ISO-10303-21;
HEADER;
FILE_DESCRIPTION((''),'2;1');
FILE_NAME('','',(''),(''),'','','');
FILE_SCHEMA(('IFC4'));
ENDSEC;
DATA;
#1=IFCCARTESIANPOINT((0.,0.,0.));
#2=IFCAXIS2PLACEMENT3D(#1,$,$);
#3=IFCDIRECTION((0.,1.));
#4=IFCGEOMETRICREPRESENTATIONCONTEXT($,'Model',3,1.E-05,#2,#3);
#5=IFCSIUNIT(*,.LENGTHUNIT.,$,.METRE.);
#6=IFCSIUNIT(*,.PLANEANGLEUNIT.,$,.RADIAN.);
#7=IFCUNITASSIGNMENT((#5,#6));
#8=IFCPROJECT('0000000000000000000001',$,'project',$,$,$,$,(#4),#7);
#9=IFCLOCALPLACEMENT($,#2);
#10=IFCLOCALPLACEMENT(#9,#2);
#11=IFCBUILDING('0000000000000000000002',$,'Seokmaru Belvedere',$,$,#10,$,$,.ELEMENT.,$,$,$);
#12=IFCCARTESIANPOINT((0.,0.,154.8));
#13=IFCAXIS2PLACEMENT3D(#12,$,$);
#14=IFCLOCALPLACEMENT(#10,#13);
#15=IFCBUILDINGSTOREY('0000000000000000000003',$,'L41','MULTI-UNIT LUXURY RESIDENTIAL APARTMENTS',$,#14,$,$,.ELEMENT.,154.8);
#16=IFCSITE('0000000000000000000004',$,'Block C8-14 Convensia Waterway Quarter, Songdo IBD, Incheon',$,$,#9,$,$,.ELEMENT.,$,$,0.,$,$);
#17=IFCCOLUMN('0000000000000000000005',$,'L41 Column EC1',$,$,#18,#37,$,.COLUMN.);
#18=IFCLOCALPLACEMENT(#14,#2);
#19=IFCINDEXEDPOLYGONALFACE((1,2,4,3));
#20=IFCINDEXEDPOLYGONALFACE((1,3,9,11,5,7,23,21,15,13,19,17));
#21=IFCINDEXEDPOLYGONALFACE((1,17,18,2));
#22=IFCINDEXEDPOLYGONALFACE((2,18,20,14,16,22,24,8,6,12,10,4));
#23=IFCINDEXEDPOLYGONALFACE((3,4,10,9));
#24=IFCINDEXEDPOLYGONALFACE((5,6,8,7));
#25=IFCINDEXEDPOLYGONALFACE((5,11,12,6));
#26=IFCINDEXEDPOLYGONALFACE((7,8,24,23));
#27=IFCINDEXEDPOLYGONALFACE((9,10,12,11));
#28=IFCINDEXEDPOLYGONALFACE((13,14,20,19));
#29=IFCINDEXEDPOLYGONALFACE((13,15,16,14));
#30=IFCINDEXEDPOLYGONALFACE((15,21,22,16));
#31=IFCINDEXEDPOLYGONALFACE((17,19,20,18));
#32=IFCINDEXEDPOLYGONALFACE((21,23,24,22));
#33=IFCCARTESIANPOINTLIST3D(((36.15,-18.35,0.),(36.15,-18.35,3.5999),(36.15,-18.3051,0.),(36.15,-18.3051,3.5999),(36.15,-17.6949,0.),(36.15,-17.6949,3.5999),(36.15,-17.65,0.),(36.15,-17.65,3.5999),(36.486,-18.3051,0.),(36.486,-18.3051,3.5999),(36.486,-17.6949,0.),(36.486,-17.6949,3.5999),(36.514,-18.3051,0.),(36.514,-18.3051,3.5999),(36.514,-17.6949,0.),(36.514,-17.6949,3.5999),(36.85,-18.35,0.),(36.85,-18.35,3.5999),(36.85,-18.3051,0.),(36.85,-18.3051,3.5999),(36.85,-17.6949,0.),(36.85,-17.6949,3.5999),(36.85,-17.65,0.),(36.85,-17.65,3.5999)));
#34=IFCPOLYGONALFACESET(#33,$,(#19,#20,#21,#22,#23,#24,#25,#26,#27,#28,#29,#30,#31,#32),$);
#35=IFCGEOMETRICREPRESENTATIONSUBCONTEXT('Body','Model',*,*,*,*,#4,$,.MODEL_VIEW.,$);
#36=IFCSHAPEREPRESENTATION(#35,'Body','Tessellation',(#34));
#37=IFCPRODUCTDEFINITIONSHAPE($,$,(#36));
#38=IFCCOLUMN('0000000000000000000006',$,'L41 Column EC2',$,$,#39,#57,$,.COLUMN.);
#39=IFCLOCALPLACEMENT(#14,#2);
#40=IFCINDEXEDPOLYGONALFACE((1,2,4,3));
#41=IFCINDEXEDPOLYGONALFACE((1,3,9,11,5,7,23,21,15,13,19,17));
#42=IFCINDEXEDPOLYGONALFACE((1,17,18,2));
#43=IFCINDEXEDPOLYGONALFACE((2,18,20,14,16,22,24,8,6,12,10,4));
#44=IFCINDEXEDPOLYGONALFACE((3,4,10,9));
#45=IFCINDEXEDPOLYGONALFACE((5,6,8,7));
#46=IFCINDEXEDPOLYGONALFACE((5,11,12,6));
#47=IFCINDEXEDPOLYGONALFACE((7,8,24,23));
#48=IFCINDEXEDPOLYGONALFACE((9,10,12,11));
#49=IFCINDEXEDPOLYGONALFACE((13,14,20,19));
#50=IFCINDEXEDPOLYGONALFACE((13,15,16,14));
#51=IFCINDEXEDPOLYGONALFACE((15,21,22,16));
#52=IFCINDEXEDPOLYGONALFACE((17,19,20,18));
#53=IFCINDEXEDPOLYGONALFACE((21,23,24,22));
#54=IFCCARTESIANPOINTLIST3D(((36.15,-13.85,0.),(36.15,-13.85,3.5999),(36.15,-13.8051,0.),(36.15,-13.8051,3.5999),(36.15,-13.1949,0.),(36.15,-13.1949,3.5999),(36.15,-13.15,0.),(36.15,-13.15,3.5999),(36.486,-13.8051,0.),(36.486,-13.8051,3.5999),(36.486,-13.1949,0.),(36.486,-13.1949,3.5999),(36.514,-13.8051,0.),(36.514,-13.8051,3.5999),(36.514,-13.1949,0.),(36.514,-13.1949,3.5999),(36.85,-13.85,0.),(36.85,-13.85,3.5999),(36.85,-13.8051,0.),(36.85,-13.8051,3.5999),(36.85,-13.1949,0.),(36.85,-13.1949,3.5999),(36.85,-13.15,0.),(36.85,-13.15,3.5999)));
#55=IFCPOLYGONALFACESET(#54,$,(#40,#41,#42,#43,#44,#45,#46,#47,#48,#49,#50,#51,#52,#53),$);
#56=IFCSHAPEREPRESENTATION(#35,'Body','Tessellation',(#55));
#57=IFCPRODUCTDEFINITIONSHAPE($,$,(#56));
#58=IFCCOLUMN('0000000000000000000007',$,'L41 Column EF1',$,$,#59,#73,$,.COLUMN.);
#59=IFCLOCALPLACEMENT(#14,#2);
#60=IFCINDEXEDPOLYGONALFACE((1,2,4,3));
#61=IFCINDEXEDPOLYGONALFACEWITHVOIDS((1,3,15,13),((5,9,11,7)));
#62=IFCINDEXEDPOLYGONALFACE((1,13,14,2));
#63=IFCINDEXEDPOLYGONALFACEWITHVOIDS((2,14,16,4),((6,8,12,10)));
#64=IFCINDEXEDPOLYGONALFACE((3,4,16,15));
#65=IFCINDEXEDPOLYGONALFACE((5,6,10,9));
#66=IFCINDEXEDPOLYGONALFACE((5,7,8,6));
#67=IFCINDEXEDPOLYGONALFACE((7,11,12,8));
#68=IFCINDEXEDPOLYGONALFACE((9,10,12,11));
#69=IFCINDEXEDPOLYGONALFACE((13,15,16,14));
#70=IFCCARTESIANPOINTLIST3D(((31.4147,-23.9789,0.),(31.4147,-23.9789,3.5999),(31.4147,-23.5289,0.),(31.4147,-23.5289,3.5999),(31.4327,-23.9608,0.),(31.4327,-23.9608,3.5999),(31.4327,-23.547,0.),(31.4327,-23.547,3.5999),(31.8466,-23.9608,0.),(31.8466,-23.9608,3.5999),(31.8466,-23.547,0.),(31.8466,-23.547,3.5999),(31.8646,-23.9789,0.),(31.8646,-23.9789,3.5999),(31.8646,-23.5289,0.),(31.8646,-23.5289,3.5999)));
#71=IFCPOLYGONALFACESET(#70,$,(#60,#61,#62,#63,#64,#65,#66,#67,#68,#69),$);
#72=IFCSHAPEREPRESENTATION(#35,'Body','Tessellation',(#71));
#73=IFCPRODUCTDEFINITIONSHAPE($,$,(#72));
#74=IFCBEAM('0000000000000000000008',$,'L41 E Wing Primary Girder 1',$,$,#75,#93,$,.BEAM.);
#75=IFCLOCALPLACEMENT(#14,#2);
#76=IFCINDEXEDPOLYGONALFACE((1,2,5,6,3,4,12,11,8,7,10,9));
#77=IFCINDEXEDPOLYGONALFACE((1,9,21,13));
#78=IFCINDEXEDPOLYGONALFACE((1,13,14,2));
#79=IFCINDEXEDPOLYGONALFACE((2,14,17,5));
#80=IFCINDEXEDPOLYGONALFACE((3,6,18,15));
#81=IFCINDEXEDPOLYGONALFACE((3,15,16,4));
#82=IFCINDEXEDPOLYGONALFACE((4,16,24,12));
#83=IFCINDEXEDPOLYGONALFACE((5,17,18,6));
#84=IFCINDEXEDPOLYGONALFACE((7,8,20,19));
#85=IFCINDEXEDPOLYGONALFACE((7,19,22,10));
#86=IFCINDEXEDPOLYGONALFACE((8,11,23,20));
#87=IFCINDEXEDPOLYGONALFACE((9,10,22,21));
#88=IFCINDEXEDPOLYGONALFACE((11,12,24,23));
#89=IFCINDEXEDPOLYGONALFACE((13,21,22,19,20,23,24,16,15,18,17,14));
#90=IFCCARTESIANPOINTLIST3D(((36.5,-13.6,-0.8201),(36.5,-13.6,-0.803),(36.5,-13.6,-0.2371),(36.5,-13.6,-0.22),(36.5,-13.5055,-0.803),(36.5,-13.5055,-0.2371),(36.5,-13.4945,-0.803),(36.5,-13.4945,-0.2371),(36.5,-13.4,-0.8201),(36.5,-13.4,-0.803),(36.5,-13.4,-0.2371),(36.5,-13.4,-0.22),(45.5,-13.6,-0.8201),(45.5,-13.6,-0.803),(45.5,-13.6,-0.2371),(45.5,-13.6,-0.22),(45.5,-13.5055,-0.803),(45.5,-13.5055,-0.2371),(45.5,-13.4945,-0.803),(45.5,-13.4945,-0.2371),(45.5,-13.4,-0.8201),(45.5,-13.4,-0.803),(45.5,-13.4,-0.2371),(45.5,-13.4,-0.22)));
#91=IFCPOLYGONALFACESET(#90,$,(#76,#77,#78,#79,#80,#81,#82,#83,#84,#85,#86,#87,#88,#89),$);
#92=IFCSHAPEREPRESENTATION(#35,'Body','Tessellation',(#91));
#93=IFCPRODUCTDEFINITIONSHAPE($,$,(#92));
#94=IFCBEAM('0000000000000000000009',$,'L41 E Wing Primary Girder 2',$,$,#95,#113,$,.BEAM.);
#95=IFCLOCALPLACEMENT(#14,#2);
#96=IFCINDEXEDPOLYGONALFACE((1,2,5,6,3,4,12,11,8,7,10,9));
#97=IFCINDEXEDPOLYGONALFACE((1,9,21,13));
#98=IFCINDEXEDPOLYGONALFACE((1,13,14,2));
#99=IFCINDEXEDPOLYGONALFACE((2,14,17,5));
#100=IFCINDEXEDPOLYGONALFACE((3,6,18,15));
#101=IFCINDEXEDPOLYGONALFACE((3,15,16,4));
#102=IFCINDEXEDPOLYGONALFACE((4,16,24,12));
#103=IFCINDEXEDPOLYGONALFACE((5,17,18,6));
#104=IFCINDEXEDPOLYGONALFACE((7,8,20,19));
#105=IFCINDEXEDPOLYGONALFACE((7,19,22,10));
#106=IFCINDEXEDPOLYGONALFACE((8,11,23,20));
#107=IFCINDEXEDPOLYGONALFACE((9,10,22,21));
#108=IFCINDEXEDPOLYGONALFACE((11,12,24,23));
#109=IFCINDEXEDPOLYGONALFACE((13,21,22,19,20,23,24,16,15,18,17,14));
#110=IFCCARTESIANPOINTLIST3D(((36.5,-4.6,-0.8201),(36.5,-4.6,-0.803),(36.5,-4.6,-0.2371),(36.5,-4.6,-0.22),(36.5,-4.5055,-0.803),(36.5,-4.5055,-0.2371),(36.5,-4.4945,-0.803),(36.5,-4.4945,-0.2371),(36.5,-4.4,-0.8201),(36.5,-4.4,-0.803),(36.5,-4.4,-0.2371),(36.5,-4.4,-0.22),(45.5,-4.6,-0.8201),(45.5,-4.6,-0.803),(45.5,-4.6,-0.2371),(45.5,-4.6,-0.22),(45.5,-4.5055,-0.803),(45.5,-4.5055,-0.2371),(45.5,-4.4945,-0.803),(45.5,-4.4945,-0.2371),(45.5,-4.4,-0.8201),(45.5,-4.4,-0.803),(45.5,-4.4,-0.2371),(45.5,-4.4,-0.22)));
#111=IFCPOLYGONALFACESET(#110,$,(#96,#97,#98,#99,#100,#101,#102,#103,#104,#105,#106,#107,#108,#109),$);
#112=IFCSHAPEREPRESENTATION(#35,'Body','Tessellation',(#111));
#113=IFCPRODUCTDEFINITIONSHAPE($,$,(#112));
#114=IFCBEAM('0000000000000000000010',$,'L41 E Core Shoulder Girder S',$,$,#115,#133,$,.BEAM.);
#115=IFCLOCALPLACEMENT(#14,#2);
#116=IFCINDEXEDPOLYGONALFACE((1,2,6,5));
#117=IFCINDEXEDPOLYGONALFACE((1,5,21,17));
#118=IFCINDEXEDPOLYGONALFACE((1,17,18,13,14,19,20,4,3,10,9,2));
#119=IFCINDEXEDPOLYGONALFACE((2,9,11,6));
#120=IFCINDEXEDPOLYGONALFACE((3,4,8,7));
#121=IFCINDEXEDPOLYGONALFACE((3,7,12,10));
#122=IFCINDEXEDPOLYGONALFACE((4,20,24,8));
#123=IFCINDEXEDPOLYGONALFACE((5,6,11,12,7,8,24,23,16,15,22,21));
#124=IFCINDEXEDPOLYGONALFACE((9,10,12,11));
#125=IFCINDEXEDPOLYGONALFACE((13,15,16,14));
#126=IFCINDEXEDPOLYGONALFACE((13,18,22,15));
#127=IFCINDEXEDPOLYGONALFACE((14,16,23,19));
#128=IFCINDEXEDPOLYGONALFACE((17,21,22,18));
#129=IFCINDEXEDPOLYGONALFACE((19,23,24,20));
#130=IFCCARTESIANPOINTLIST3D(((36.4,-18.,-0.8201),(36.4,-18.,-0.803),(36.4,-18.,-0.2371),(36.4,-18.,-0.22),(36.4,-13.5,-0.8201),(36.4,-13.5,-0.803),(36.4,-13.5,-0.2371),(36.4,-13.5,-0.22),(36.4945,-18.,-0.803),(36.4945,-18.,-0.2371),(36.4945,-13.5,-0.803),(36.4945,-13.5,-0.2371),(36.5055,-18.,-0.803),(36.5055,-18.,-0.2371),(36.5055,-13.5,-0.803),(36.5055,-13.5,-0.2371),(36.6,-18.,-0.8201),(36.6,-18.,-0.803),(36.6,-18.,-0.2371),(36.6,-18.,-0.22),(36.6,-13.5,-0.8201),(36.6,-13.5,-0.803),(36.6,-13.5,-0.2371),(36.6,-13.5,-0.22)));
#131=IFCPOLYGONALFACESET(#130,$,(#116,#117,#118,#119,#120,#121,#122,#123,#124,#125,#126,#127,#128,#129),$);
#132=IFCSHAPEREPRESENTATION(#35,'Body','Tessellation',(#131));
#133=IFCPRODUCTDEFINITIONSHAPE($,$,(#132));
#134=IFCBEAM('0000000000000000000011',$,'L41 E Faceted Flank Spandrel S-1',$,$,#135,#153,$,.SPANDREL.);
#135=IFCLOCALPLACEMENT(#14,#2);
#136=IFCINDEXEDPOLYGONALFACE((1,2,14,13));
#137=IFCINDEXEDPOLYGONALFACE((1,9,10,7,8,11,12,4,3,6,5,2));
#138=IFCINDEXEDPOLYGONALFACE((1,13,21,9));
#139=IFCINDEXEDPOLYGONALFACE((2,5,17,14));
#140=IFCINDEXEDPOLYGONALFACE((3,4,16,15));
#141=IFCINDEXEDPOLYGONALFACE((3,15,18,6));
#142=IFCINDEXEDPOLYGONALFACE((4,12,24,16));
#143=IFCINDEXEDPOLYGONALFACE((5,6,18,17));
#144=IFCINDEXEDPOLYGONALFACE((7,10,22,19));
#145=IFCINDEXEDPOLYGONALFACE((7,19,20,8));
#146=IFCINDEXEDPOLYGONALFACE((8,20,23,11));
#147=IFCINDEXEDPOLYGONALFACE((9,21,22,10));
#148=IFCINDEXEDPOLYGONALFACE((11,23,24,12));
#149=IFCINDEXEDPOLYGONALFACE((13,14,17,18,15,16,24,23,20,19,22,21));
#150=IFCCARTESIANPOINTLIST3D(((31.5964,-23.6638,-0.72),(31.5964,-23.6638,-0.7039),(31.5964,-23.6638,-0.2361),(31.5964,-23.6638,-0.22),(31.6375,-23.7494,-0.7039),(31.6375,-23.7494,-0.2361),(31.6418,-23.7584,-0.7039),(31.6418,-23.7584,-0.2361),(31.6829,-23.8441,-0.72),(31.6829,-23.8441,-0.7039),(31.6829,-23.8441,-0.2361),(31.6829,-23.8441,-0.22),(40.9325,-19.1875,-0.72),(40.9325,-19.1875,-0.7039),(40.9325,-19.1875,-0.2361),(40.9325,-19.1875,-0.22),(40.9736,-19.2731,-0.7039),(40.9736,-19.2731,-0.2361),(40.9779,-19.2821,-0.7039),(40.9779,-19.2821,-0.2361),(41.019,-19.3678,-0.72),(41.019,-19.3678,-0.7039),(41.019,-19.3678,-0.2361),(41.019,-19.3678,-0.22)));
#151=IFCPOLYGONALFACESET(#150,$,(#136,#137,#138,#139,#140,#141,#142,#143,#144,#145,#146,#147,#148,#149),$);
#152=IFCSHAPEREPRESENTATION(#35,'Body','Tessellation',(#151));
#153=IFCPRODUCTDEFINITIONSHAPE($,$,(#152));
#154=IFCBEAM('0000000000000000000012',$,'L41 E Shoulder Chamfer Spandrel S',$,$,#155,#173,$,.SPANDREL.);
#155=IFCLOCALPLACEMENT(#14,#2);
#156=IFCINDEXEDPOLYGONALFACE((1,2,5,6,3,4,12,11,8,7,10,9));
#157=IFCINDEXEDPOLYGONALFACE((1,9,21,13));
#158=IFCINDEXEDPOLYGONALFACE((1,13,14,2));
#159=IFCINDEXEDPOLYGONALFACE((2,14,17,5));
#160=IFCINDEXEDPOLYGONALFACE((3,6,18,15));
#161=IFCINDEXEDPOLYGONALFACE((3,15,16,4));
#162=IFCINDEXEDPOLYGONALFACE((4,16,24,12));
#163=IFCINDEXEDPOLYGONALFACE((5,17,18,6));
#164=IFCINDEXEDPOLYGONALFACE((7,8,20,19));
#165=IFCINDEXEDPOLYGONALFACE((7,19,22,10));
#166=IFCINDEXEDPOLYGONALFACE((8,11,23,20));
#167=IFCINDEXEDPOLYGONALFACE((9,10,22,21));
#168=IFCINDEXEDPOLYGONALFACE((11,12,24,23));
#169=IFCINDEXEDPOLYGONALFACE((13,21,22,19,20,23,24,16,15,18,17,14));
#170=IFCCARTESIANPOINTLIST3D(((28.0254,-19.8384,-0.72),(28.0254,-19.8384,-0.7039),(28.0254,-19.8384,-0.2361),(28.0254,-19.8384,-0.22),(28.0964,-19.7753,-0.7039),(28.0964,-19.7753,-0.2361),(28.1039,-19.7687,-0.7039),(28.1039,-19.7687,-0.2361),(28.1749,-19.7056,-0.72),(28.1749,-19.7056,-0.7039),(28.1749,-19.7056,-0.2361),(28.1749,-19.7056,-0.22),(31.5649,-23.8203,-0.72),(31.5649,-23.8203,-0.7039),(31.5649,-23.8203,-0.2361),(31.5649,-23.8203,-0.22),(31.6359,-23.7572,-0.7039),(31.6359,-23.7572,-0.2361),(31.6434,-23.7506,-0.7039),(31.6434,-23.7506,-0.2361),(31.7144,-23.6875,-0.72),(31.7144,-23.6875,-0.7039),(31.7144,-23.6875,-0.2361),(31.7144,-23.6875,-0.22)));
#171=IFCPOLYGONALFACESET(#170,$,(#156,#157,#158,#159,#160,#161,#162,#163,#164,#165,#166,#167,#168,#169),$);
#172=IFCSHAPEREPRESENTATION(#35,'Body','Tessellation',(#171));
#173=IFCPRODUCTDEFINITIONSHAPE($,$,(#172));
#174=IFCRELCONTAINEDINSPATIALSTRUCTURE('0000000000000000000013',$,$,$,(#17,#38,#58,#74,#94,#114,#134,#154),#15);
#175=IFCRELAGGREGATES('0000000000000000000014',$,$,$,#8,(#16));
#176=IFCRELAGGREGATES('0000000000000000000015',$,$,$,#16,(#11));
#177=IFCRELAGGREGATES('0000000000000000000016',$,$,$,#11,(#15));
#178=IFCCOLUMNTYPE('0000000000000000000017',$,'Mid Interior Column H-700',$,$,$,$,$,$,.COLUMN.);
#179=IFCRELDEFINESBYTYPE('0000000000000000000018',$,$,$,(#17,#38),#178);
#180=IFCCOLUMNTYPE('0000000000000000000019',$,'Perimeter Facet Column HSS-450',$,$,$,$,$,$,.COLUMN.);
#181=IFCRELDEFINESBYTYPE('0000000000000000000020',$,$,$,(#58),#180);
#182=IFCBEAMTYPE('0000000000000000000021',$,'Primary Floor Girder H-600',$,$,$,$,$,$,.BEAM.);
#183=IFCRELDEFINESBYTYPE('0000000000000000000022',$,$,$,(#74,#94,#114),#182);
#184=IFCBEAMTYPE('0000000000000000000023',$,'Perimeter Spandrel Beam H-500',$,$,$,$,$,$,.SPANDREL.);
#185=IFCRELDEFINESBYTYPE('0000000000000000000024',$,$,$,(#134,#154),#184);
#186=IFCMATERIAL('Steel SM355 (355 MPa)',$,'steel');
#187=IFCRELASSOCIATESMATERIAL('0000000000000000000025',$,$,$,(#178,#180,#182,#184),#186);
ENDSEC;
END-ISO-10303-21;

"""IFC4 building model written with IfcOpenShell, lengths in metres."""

from ifc_helpers import new_model, si_unit, direction, frame, origin, origin_2d, place, context, subcontext, project, spatial, hollow_rectangle, i_section, extrude, source, transform, mapped, material, material_profile, profile_set, type_object, type_shapes, element, save


model = new_model("IFC4")

# Units and contexts
model_context = context("Model", 3, precision=1e-05, world=origin(), true_north=direction((0.0, 1.0)))
body_context = subcontext(model_context, "Body", "Model", "MODEL_VIEW")
ifc_project = project(units=[si_unit("LENGTHUNIT", "METRE"), si_unit("PLANEANGLEUNIT", "RADIAN")], contexts=[model_context])

# Site, building, storey
site_placement = place(None, origin())
site = spatial("IfcSite", under=ifc_project, at=site_placement, Name="Block C8-14 Convensia Waterway Quarter, Songdo IBD, Incheon", CompositionType="ELEMENT", RefElevation=0.0)
building_placement = place(site_placement, origin())
building = spatial("IfcBuilding", under=site, at=building_placement, Name="Seokmaru Belvedere", CompositionType="ELEMENT")
storey_placement = place(building_placement, frame((0.0, 0.0, 154.8)))
storey = spatial("IfcBuildingStorey", under=building, at=storey_placement, Name="L41", Description="MULTI-UNIT LUXURY RESIDENTIAL APARTMENTS", CompositionType="ELEMENT", Elevation=154.8)

# Columns
ifc_material_1 = material(Name="Steel SM355 (355 MPa)", Category="steel")
ifc_material_profile_1 = material_profile(ifc_material_1, i_section(OverallWidth=0.7, OverallDepth=0.7, WebThickness=0.0281, FlangeThickness=0.0449, at=origin_2d()), Name="H-700x700x28x45")
ifc_profile_set_1 = profile_set([ifc_material_profile_1], Name="Steel SM355 (355 MPa)")
column_type_1 = type_object("IfcColumnType", Name="Mid Interior Column H-700", PredefinedType="COLUMN", material=ifc_profile_set_1)
shared_shape_1 = source(origin(), body_context, "Body", "SweptSolid", [
    extrude(i_section(OverallWidth=0.7, OverallDepth=0.7, WebThickness=0.0281, FlangeThickness=0.0449, at=origin_2d()), origin(), (0.0, 0.0, 1.0), 3.5999),
])
type_shapes(column_type_1, [shared_shape_1])
for number, where, z_axis, x_axis, name in (
    (1, (36.5, -18.0, 0.0), (0.0, 0.0, 1.0), (1.0, 0.0, 0.0), "L41 Column EC1"),
    (2, (36.5, -13.5, 0.0), (0.0, 0.0, 1.0), (1.0, 0.0, 0.0), "L41 Column EC2"),
):
    element("IfcColumn", number, at=place(storey_placement, frame(where, z_axis=z_axis, x_axis=x_axis)), inside=storey, type_object=column_type_1, Name=name, PredefinedType="COLUMN", context=body_context, shape_type="MappedRepresentation", body=[
        mapped(shared_shape_1, transform((0.0, 0.0, 0.0), scale=1.0)),
    ])
ifc_material_profile_2 = material_profile(ifc_material_1, hollow_rectangle(XDim=0.45, YDim=0.45, WallThickness=0.0181, at=origin_2d()), Name="HSS-450x450x18")
ifc_profile_set_2 = profile_set([ifc_material_profile_2], Name="Steel SM355 (355 MPa)")
column_type_2 = type_object("IfcColumnType", Name="Perimeter Facet Column HSS-450", PredefinedType="COLUMN", material=ifc_profile_set_2)
shared_shape_2 = source(origin(), body_context, "Body", "SweptSolid", [
    extrude(hollow_rectangle(XDim=0.45, YDim=0.45, WallThickness=0.0181, at=origin_2d()), origin(), (0.0, 0.0, 1.0), 3.5999),
])
type_shapes(column_type_2, [shared_shape_2])
column_placement = place(storey_placement, frame((31.6396, -23.7539, 0.0), z_axis=(0.0, 0.0, 1.0), x_axis=(1.0, 0.0, 0.0)))
element("IfcColumn", 3, at=column_placement, inside=storey, type_object=column_type_2, Name="L41 Column EF1", PredefinedType="COLUMN", context=body_context, shape_type="MappedRepresentation", body=[
    mapped(shared_shape_2, transform((0.0, 0.0, 0.0), scale=1.0)),
])

# Beams
ifc_material_profile_3 = material_profile(ifc_material_1, i_section(OverallWidth=0.2, OverallDepth=0.6001, WebThickness=0.011, FlangeThickness=0.0171, at=origin_2d()), Name="H-600x200x11x17")
ifc_profile_set_3 = profile_set([ifc_material_profile_3], Name="Steel SM355 (355 MPa)")
beam_type_1 = type_object("IfcBeamType", Name="Primary Floor Girder H-600", PredefinedType="BEAM", material=ifc_profile_set_3)
shared_shape_3 = source(origin(), body_context, "Body", "SweptSolid", [
    extrude(i_section(OverallWidth=0.2, OverallDepth=0.6001, WebThickness=0.011, FlangeThickness=0.0171, at=origin_2d()), origin(), (0.0, 0.0, 1.0), 9.0),
])
for number, where, z_axis, x_axis, name in (
    (4, (36.5, -13.5, -0.52), (1.0, 0.0, 0.0), (0.0, 1.0, 0.0), "L41 E Wing Primary Girder 1"),
    (5, (36.5, -4.5, -0.52), (1.0, 0.0, 0.0), (0.0, 1.0, 0.0), "L41 E Wing Primary Girder 2"),
):
    element("IfcBeam", number, at=place(storey_placement, frame(where, z_axis=z_axis, x_axis=x_axis)), inside=storey, type_object=beam_type_1, Name=name, PredefinedType="BEAM", context=body_context, shape_type="MappedRepresentation", body=[
        mapped(shared_shape_3, transform((0.0, 0.0, 0.0), scale=1.0)),
    ])
shared_shape_4 = source(origin(), body_context, "Body", "SweptSolid", [
    extrude(i_section(OverallWidth=0.2, OverallDepth=0.6001, WebThickness=0.011, FlangeThickness=0.0171, at=origin_2d()), origin(), (0.0, 0.0, 1.0), 4.5),
])
type_shapes(beam_type_1, [shared_shape_3, shared_shape_4])
beam_1_placement = place(storey_placement, frame((36.5, -18.0, -0.52), z_axis=(0.0, 1.0, 0.0), x_axis=(-1.0, 0.0, 0.0)))
element("IfcBeam", 6, at=beam_1_placement, inside=storey, type_object=beam_type_1, Name="L41 E Core Shoulder Girder S", PredefinedType="BEAM", context=body_context, shape_type="MappedRepresentation", body=[
    mapped(shared_shape_4, transform((0.0, 0.0, 0.0), scale=1.0)),
])
ifc_material_profile_4 = material_profile(ifc_material_1, i_section(OverallWidth=0.2, OverallDepth=0.5, WebThickness=0.01, FlangeThickness=0.0161, at=origin_2d()), Name="H-500x200x10x16")
ifc_profile_set_4 = profile_set([ifc_material_profile_4], Name="Steel SM355 (355 MPa)")
beam_type_2 = type_object("IfcBeamType", Name="Perimeter Spandrel Beam H-500", PredefinedType="SPANDREL", material=ifc_profile_set_4)
shared_shape_5 = source(origin(), body_context, "Body", "SweptSolid", [
    extrude(i_section(OverallWidth=0.2, OverallDepth=0.5, WebThickness=0.01, FlangeThickness=0.0161, at=origin_2d()), origin(), (0.0, 0.0, 1.0), 10.3538),
])
beam_2_placement = place(storey_placement, frame((31.6396, -23.7539, -0.47), z_axis=(0.901713, 0.432335, 0.0), x_axis=(-0.432335, 0.901713, 0.0)))
element("IfcBeam", 7, at=beam_2_placement, inside=storey, type_object=beam_type_2, Name="L41 E Faceted Flank Spandrel S-1", PredefinedType="SPANDREL", context=body_context, shape_type="MappedRepresentation", body=[
    mapped(shared_shape_5, transform((0.0, 0.0, 0.0), scale=1.0)),
])
shared_shape_6 = source(origin(), body_context, "Body", "SweptSolid", [
    extrude(i_section(OverallWidth=0.2, OverallDepth=0.5, WebThickness=0.01, FlangeThickness=0.0161, at=origin_2d()), origin(), (0.0, 0.0, 1.0), 5.3276),
])
type_shapes(beam_type_2, [shared_shape_5, shared_shape_6])
beam_3_placement = place(storey_placement, frame((31.6396, -23.7539, -0.47), z_axis=(-0.66437, 0.747404, 0.0), x_axis=(-0.747404, -0.66437, 0.0)))
element("IfcBeam", 8, at=beam_3_placement, inside=storey, type_object=beam_type_2, Name="L41 E Shoulder Chamfer Spandrel S", PredefinedType="SPANDREL", context=body_context, shape_type="MappedRepresentation", body=[
    mapped(shared_shape_6, transform((0.0, 0.0, 0.0), scale=1.0)),
])

save(model, "model.ifc")
